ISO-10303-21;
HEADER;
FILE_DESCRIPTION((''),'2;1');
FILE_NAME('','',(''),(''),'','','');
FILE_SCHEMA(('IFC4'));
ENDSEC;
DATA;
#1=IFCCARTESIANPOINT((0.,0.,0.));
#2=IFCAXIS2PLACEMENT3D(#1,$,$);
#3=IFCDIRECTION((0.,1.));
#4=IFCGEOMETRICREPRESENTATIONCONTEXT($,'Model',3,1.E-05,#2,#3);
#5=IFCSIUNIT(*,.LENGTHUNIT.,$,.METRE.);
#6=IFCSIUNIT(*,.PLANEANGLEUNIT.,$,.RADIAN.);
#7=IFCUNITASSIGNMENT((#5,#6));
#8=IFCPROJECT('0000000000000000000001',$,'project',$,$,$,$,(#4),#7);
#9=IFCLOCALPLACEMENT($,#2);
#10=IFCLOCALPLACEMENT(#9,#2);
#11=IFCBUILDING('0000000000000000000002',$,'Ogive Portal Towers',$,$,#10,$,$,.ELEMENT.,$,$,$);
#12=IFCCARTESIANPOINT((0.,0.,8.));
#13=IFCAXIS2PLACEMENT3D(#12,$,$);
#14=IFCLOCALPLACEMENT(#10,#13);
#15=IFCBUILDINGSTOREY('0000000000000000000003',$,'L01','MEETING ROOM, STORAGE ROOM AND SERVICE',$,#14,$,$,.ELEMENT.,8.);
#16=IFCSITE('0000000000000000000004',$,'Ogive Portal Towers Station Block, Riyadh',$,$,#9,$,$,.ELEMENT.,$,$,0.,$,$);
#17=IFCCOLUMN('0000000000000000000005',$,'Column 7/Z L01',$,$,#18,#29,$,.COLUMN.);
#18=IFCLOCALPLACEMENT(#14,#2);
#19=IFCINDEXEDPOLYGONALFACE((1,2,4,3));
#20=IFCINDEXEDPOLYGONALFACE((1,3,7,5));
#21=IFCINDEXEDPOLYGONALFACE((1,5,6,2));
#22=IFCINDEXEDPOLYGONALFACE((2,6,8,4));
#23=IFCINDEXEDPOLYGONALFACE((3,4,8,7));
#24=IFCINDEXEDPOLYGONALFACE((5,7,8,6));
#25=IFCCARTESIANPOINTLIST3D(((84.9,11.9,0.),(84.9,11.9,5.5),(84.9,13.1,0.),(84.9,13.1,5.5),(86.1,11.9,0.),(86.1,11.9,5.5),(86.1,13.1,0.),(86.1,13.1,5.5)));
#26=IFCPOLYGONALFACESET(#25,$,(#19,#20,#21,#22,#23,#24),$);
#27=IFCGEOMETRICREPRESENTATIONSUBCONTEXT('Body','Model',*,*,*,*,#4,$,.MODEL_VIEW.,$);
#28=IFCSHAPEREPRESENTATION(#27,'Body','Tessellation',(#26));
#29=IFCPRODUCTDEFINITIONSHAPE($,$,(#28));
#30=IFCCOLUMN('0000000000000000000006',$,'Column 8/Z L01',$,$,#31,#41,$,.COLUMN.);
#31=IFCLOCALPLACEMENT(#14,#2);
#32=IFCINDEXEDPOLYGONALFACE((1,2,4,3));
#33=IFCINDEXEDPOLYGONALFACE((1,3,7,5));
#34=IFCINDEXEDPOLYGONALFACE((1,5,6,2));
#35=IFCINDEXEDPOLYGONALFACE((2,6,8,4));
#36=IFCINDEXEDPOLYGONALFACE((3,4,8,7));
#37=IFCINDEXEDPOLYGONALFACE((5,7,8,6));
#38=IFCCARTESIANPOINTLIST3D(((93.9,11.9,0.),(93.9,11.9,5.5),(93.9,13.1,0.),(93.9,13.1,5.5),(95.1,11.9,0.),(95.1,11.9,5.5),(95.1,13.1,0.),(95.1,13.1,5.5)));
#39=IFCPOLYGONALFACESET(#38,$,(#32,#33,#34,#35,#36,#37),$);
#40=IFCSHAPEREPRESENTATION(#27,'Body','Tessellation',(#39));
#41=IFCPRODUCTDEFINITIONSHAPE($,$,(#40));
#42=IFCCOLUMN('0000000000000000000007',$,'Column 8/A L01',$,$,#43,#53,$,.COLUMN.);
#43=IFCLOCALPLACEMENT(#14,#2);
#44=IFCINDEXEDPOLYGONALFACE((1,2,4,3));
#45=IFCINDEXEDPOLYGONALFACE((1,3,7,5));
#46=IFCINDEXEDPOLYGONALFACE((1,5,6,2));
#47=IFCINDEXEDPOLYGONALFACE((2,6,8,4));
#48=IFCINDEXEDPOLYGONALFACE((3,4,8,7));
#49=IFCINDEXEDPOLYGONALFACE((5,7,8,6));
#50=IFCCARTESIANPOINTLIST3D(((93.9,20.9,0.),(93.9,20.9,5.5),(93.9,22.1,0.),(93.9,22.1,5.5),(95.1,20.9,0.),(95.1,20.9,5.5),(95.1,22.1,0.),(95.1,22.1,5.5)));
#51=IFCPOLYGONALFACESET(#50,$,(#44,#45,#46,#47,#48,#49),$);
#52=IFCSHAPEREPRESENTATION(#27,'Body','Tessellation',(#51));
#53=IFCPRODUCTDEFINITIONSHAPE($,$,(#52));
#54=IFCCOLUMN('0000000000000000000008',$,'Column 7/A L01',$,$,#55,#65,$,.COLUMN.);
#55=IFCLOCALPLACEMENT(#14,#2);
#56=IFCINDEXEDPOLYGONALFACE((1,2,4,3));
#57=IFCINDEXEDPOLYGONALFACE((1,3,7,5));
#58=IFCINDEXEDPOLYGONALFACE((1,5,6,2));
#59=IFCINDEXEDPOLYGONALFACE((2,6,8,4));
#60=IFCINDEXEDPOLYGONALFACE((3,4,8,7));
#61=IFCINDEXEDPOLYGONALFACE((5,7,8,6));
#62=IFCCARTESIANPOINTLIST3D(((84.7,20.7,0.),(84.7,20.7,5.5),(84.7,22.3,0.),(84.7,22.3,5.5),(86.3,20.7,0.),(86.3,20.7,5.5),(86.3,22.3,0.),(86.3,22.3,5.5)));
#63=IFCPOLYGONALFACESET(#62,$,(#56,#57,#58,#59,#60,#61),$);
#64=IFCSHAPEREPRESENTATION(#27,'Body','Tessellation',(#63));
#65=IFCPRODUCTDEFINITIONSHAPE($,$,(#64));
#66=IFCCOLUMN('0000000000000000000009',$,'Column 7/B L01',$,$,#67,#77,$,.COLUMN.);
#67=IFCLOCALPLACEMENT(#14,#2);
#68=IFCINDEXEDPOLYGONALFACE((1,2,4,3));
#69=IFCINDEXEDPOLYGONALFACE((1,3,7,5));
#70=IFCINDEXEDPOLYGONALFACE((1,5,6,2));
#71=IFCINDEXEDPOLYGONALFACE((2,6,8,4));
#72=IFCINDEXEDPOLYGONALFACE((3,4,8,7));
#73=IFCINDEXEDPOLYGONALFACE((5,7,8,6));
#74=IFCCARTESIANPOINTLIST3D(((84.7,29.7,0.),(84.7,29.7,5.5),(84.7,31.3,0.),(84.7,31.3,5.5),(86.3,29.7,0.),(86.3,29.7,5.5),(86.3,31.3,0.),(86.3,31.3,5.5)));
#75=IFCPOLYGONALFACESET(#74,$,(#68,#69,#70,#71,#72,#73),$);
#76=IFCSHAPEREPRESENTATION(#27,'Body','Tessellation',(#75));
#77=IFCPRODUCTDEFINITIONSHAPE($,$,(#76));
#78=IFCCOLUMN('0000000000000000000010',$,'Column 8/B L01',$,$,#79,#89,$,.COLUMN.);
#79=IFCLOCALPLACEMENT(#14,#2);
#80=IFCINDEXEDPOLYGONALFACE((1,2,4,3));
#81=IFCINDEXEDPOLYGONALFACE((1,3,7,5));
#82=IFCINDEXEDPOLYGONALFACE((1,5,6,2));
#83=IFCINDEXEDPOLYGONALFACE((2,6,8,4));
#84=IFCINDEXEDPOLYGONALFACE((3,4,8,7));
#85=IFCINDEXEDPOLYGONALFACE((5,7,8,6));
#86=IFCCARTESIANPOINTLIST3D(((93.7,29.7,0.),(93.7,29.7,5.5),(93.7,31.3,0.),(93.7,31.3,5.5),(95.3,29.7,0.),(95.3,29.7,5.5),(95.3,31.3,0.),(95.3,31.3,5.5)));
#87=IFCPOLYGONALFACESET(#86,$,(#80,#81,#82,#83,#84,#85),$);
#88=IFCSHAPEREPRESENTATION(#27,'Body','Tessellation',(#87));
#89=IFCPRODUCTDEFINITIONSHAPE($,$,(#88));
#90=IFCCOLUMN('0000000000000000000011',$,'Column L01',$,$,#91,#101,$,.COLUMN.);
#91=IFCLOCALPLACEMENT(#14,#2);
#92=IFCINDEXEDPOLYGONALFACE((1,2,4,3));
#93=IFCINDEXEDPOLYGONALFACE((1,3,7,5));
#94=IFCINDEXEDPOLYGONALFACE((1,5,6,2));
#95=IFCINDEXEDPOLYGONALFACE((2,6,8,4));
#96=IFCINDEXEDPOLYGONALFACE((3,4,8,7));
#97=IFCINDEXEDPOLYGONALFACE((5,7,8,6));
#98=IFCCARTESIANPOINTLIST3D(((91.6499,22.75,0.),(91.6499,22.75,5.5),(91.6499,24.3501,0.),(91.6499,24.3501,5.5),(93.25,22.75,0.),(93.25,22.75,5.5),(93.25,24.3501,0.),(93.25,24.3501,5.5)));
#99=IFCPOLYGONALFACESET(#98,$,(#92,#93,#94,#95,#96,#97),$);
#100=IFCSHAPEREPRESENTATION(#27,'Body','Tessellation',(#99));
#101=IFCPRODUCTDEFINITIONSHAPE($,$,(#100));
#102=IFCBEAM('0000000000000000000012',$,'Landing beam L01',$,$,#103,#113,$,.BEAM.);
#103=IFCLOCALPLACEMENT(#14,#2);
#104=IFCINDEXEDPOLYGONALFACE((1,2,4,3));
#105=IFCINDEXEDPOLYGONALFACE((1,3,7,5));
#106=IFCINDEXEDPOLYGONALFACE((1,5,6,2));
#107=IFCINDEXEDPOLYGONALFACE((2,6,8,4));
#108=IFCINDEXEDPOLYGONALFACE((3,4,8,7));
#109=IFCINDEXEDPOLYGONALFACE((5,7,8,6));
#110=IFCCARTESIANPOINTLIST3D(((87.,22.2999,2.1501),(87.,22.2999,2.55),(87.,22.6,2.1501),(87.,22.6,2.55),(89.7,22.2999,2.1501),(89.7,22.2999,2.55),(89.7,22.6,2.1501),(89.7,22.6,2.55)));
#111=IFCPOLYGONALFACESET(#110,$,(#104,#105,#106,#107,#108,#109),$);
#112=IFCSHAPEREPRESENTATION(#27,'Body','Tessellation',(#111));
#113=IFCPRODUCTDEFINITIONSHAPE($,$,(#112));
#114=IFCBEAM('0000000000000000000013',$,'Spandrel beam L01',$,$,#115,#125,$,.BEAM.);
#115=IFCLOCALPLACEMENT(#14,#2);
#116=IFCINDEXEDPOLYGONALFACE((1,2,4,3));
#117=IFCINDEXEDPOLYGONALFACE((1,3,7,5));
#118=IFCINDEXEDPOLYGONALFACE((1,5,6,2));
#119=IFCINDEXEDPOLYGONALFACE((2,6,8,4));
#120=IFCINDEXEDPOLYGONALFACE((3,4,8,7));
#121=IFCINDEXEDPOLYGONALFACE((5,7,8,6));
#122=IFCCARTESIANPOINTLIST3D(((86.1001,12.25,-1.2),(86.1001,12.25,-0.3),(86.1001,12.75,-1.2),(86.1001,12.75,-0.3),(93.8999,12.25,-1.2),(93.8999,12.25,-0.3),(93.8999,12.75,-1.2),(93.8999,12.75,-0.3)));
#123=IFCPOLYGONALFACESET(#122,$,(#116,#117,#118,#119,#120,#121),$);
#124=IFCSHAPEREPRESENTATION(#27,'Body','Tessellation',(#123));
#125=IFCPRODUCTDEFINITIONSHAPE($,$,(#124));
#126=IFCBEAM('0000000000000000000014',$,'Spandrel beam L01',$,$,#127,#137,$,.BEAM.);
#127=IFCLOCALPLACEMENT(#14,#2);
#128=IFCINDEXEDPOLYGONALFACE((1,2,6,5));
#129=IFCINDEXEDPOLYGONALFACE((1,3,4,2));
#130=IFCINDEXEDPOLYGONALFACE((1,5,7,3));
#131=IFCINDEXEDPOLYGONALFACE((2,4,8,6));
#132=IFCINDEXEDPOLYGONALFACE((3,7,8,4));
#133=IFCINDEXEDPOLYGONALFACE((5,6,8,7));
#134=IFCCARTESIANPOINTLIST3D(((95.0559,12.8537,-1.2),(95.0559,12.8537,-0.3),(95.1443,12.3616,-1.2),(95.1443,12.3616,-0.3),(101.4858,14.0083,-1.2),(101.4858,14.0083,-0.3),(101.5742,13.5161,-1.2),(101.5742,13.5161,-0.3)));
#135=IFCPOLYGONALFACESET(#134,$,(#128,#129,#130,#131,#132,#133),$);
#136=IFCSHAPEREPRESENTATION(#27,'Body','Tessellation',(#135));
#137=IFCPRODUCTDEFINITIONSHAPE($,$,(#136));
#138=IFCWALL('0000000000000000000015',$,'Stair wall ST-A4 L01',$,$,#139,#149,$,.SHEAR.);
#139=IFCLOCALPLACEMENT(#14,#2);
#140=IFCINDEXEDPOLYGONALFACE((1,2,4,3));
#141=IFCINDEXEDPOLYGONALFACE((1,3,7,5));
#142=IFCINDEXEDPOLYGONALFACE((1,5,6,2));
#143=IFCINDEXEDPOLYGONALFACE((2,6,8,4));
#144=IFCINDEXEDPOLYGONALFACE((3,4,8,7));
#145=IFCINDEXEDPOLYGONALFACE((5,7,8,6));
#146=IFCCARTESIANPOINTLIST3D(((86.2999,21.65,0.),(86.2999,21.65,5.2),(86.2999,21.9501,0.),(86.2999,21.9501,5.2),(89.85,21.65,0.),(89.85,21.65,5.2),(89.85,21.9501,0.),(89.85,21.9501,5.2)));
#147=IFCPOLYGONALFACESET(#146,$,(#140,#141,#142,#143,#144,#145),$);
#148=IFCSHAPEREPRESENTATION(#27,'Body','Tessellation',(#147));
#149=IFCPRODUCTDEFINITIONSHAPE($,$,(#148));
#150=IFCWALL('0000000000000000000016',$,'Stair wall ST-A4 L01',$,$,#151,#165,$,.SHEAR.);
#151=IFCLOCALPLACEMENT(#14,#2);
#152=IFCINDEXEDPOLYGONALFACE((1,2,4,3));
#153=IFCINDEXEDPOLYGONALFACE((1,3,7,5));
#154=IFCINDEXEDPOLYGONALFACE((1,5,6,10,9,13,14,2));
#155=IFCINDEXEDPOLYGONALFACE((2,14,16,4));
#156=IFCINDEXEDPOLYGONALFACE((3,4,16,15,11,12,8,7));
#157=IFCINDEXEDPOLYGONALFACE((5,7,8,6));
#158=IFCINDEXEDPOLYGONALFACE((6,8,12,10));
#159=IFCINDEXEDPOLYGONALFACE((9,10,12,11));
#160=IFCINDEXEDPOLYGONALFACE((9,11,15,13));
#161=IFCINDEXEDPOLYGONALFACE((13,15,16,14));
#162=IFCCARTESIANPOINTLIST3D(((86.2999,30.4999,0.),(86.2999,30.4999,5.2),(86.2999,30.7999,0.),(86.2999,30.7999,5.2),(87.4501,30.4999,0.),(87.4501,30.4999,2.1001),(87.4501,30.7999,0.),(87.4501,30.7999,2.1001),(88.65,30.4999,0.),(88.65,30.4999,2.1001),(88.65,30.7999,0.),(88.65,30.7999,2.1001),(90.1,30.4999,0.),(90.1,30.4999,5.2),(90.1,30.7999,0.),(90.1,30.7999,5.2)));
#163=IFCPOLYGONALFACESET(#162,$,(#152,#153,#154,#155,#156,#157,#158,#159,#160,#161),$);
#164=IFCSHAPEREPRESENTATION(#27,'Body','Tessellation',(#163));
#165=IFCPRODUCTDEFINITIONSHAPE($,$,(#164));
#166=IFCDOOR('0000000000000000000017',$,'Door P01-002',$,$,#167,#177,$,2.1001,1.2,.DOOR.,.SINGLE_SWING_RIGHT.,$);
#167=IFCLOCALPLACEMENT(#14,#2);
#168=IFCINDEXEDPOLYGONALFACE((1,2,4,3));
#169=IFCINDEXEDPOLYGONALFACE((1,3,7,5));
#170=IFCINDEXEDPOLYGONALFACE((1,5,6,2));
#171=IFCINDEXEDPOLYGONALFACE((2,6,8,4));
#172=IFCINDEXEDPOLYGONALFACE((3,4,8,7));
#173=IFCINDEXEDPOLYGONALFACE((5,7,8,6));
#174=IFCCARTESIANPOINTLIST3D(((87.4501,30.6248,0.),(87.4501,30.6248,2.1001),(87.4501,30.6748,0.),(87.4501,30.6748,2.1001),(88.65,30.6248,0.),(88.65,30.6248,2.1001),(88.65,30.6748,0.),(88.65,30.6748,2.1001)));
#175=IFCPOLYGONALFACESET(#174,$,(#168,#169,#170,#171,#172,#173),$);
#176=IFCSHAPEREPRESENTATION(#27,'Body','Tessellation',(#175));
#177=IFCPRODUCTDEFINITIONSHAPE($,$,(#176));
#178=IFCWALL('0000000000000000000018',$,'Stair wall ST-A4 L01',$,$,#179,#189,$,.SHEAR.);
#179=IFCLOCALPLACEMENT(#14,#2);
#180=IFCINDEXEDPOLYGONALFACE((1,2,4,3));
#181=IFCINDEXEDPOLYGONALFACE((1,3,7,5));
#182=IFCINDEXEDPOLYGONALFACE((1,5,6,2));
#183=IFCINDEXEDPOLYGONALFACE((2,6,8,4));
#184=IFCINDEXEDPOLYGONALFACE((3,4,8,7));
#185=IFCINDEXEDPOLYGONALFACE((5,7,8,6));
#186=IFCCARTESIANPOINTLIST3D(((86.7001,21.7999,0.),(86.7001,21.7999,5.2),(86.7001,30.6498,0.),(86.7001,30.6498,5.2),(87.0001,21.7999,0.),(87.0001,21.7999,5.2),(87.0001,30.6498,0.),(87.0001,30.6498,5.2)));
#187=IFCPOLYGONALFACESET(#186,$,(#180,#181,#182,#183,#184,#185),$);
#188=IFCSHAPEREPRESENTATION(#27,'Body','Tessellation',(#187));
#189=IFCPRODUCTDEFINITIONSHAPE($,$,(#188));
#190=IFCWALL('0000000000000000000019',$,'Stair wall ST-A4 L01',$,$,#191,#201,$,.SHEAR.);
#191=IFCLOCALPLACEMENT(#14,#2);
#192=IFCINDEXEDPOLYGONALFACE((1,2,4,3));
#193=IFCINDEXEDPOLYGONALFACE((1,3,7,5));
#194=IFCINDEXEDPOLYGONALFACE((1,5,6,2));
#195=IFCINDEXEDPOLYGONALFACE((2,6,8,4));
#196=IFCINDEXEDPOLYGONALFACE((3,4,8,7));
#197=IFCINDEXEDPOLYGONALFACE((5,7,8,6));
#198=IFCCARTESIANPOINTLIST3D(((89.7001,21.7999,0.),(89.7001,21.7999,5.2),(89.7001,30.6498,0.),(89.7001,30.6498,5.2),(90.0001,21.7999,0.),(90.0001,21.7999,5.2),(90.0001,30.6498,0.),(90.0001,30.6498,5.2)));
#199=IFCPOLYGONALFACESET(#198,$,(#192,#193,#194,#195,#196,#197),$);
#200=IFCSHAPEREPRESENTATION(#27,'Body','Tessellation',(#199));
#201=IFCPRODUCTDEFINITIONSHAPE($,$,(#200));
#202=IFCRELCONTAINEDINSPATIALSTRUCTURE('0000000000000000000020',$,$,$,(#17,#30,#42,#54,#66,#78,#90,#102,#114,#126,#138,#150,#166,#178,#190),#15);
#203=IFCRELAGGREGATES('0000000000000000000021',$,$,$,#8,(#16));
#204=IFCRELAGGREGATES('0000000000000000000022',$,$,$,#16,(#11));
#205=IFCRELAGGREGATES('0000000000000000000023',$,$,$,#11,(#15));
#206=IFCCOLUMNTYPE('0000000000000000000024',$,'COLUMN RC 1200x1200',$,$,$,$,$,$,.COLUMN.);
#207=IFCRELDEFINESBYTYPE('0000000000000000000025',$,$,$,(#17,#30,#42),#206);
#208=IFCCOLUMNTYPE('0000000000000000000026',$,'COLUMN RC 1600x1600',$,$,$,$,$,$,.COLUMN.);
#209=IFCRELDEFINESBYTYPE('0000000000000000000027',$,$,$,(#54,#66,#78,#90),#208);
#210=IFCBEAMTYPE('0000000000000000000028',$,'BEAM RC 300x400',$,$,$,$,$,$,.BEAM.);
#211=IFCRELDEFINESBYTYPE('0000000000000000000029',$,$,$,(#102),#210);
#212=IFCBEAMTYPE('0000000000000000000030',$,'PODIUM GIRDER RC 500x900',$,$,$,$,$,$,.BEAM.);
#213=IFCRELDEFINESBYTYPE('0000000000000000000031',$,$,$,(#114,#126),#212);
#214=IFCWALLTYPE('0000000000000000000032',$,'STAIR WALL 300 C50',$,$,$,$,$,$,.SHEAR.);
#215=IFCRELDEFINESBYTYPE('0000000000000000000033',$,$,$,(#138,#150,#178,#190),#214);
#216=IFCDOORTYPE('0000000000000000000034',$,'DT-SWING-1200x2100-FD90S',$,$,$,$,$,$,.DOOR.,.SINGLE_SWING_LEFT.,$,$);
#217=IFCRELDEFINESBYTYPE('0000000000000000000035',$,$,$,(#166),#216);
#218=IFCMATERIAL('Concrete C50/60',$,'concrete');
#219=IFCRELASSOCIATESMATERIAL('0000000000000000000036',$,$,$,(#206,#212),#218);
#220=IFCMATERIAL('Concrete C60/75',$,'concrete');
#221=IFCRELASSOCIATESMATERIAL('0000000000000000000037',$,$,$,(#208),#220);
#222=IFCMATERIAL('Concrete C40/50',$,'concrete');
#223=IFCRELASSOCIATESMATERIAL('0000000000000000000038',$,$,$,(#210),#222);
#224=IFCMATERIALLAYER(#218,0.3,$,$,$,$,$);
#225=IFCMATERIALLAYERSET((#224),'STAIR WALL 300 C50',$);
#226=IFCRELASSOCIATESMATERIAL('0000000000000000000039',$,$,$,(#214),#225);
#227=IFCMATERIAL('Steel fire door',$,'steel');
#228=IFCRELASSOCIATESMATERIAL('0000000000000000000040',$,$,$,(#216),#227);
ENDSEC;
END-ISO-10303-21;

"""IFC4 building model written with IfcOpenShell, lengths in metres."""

from ifc_helpers import new_model, si_unit, direction, frame, frame_2d, origin, origin_2d, place, context, subcontext, project, spatial, rectangle, extrude, material, layer, layer_set, material_profile, profile_set, type_object, element, fill, save


model = new_model("IFC4")

# Units and contexts
model_context = context("Model", 3, precision=1e-05, world=origin(), true_north=direction((0.0, 1.0)))
body_context = subcontext(model_context, "Body", "Model", "MODEL_VIEW")
ifc_project = project(units=[si_unit("LENGTHUNIT", "METRE"), si_unit("PLANEANGLEUNIT", "RADIAN")], contexts=[model_context])

# Site, building, storey
site_placement = place(None, origin())
site = spatial("IfcSite", under=ifc_project, at=site_placement, Name="Ogive Portal Towers Station Block, Riyadh", CompositionType="ELEMENT", RefElevation=0.0)
building_placement = place(site_placement, origin())
building = spatial("IfcBuilding", under=site, at=building_placement, Name="Ogive Portal Towers", CompositionType="ELEMENT")
storey_placement = place(building_placement, frame((0.0, 0.0, 8.0)))
storey = spatial("IfcBuildingStorey", under=building, at=storey_placement, Name="L01", Description="MEETING ROOM, STORAGE ROOM AND SERVICE", CompositionType="ELEMENT", Elevation=8.0)

# Columns
ifc_material_1 = material(Name="Concrete C50/60", Category="concrete")
ifc_material_profile_1 = material_profile(ifc_material_1, rectangle(XDim=1.2, YDim=1.2, at=origin_2d()), Name="RC 1200x1200")
ifc_profile_set_1 = profile_set([ifc_material_profile_1], Name="Concrete C50/60")
column_type_1 = type_object("IfcColumnType", Name="COLUMN RC 1200x1200", PredefinedType="COLUMN", material=ifc_profile_set_1)
for number, where, z_axis, x_axis, name in (
    (1, (85.5, 12.5, 0.0), (0.0, 0.0, 1.0), (1.0, 0.0, 0.0), "Column 7/Z L01"),
    (2, (94.5, 12.5, 0.0), (0.0, 0.0, 1.0), (1.0, 0.0, 0.0), "Column 8/Z L01"),
    (3, (94.5, 21.5, 0.0), (0.0, 0.0, 1.0), (1.0, 0.0, 0.0), "Column 8/A L01"),
):
    element("IfcColumn", number, at=place(storey_placement, frame(where, z_axis=z_axis, x_axis=x_axis)), inside=storey, type_object=column_type_1, Name=name, PredefinedType="COLUMN", context=body_context, shape_type="SweptSolid", body=[
        extrude(rectangle(XDim=1.2, YDim=1.2, at=origin_2d()), origin(), (0.0, 0.0, 1.0), 5.5),
    ])
ifc_material_2 = material(Name="Concrete C60/75", Category="concrete")
ifc_material_profile_2 = material_profile(ifc_material_2, rectangle(XDim=1.6001, YDim=1.6001, at=origin_2d()), Name="RC 1600x1600")
ifc_profile_set_2 = profile_set([ifc_material_profile_2], Name="Concrete C60/75")
column_type_2 = type_object("IfcColumnType", Name="COLUMN RC 1600x1600", PredefinedType="COLUMN", material=ifc_profile_set_2)
for number, where, z_axis, x_axis, name in (
    (4, (85.5, 21.5, 0.0), (0.0, 0.0, 1.0), (1.0, 0.0, 0.0), "Column 7/A L01"),
    (5, (85.5, 30.5, 0.0), (0.0, 0.0, 1.0), (1.0, 0.0, 0.0), "Column 7/B L01"),
    (6, (94.5, 30.5, 0.0), (0.0, 0.0, 1.0), (1.0, 0.0, 0.0), "Column 8/B L01"),
    (7, (92.45, 23.55, 0.0), (0.0, 0.0, 1.0), (1.0, 0.0, 0.0), "Column L01"),
):
    element("IfcColumn", number, at=place(storey_placement, frame(where, z_axis=z_axis, x_axis=x_axis)), inside=storey, type_object=column_type_2, Name=name, PredefinedType="COLUMN", context=body_context, shape_type="SweptSolid", body=[
        extrude(rectangle(XDim=1.6001, YDim=1.6001, at=origin_2d()), origin(), (0.0, 0.0, 1.0), 5.5),
    ])

# Beams
ifc_material_3 = material(Name="Concrete C40/50", Category="concrete")
ifc_material_profile_3 = material_profile(ifc_material_3, rectangle(XDim=0.3, YDim=0.3999, at=origin_2d()), Name="RC 300x400")
ifc_profile_set_3 = profile_set([ifc_material_profile_3], Name="Concrete C40/50")
beam_type_1 = type_object("IfcBeamType", Name="BEAM RC 300x400", PredefinedType="BEAM", material=ifc_profile_set_3)
beam_1_placement = place(storey_placement, frame((87.0, 22.45, 2.3501), z_axis=(1.0, 0.0, 0.0), x_axis=(0.0, 1.0, 0.0)))
element("IfcBeam", 8, at=beam_1_placement, inside=storey, type_object=beam_type_1, Name="Landing beam L01", PredefinedType="BEAM", context=body_context, shape_type="SweptSolid", body=[
    extrude(rectangle(XDim=0.3, YDim=0.3999, at=origin_2d()), origin(), (0.0, 0.0, 1.0), 2.7),
])
ifc_material_profile_4 = material_profile(ifc_material_1, rectangle(XDim=0.5, YDim=0.8999, at=origin_2d()), Name="RC 500x900")
ifc_profile_set_4 = profile_set([ifc_material_profile_4], Name="Concrete C50/60")
beam_type_2 = type_object("IfcBeamType", Name="PODIUM GIRDER RC 500x900", PredefinedType="BEAM", material=ifc_profile_set_4)
beam_2_placement = place(storey_placement, frame((86.1001, 12.5, -0.75), z_axis=(1.0, 0.0, 0.0), x_axis=(0.0, 1.0, 0.0)))
element("IfcBeam", 9, at=beam_2_placement, inside=storey, type_object=beam_type_2, Name="Spandrel beam L01", PredefinedType="BEAM", context=body_context, shape_type="SweptSolid", body=[
    extrude(rectangle(XDim=0.5, YDim=0.8999, at=origin_2d()), origin(), (0.0, 0.0, 1.0), 7.7998),
])
beam_3_placement = place(storey_placement, frame((95.1001, 12.6077, -0.75), z_axis=(0.984259, 0.176731, 0.0), x_axis=(-0.176731, 0.984259, 0.0)))
element("IfcBeam", 10, at=beam_3_placement, inside=storey, type_object=beam_type_2, Name="Spandrel beam L01", PredefinedType="BEAM", context=body_context, shape_type="SweptSolid", body=[
    extrude(rectangle(XDim=0.5, YDim=0.8999, at=origin_2d()), origin(), (0.0, 0.0, 1.0), 6.5327),
])

# Wall
ifc_layer_1 = layer(ifc_material_1, 0.3)
ifc_layer_set_1 = layer_set([ifc_layer_1], Name="STAIR WALL 300 C50")
wall_type_1 = type_object("IfcWallType", Name="STAIR WALL 300 C50", PredefinedType="SHEAR", material=ifc_layer_set_1)
wall_1_placement = place(storey_placement, frame((86.3, 21.8, 0.0), z_axis=(0.0, 0.0, 1.0), x_axis=(1.0, 0.0, 0.0)))
element("IfcWall", 11, at=wall_1_placement, inside=storey, type_object=wall_type_1, Name="Stair wall ST-A4 L01", PredefinedType="SHEAR", context=body_context, shape_type="SweptSolid", body=[
    extrude(rectangle(XDim=3.55, YDim=0.3, at=frame_2d((1.7749, 0.0))), origin(), (0.0, 0.0, 1.0), 5.2),
])

# Wall, opening, door
wall_2_placement = place(storey_placement, frame((86.3, 30.6499, 0.0), z_axis=(0.0, 0.0, 1.0), x_axis=(1.0, 0.0, 0.0)))
wall_2 = element("IfcWall", 12, at=wall_2_placement, inside=storey, type_object=wall_type_1, Name="Stair wall ST-A4 L01", PredefinedType="SHEAR", context=body_context, shape_type="SweptSolid", body=[
    extrude(rectangle(XDim=3.8, YDim=0.3, at=frame_2d((1.8999, 0.0))), origin(), (0.0, 0.0, 1.0), 5.2),
])
opening_1_placement = place(wall_2_placement, frame((1.1499, 0.0, 0.0)))
opening_1 = element("IfcOpeningElement", 13, at=opening_1_placement, cuts=wall_2, PredefinedType="OPENING", context=body_context, shape_type="SweptSolid", body=[
    extrude(rectangle(XDim=1.2, YDim=2.1001, at=frame_2d((0.6001, 1.05))), frame((0.0, 0.1602, 0.0), z_axis=(0.0, -1.0, 0.0), x_axis=(1.0, 0.0, 0.0)), (0.0, 0.0, 1.0), 0.3201),
])
ifc_material_4 = material(Name="Steel fire door", Category="steel")
door_type_1 = type_object("IfcDoorType", Name="DT-SWING-1200x2100-FD90S", OperationType="SINGLE_SWING_LEFT", PredefinedType="DOOR", material=ifc_material_4)
door_1_placement = place(opening_1_placement, origin())
door_1 = element("IfcDoor", 14, at=door_1_placement, inside=storey, type_object=door_type_1, Name="Door P01-002", OperationType="SINGLE_SWING_RIGHT", OverallHeight=2.1001, OverallWidth=1.2, PredefinedType="DOOR", context=body_context, shape_type="SweptSolid", body=[
    extrude(rectangle(XDim=1.2, YDim=2.1001, at=frame_2d((0.6001, 1.05))), frame((0.0, 0.0249, 0.0), z_axis=(0.0, -1.0, 0.0), x_axis=(1.0, 0.0, 0.0)), (0.0, 0.0, 1.0), 0.05),
])
fill(opening_1, door_1)

# Walls
for number, where, z_axis, x_axis, name in (
    (15, (86.8501, 21.8, 0.0), (0.0, 0.0, 1.0), (0.0, 1.0, 0.0), "Stair wall ST-A4 L01"),
    (16, (89.8501, 21.8, 0.0), (0.0, 0.0, 1.0), (0.0, 1.0, 0.0), "Stair wall ST-A4 L01"),
):
    element("IfcWall", number, at=place(storey_placement, frame(where, z_axis=z_axis, x_axis=x_axis)), inside=storey, type_object=wall_type_1, Name=name, PredefinedType="SHEAR", context=body_context, shape_type="SweptSolid", body=[
        extrude(rectangle(XDim=8.8499, YDim=0.3, at=frame_2d((4.4248, 0.0))), origin(), (0.0, 0.0, 1.0), 5.2),
    ])

save(model, "model.ifc")
